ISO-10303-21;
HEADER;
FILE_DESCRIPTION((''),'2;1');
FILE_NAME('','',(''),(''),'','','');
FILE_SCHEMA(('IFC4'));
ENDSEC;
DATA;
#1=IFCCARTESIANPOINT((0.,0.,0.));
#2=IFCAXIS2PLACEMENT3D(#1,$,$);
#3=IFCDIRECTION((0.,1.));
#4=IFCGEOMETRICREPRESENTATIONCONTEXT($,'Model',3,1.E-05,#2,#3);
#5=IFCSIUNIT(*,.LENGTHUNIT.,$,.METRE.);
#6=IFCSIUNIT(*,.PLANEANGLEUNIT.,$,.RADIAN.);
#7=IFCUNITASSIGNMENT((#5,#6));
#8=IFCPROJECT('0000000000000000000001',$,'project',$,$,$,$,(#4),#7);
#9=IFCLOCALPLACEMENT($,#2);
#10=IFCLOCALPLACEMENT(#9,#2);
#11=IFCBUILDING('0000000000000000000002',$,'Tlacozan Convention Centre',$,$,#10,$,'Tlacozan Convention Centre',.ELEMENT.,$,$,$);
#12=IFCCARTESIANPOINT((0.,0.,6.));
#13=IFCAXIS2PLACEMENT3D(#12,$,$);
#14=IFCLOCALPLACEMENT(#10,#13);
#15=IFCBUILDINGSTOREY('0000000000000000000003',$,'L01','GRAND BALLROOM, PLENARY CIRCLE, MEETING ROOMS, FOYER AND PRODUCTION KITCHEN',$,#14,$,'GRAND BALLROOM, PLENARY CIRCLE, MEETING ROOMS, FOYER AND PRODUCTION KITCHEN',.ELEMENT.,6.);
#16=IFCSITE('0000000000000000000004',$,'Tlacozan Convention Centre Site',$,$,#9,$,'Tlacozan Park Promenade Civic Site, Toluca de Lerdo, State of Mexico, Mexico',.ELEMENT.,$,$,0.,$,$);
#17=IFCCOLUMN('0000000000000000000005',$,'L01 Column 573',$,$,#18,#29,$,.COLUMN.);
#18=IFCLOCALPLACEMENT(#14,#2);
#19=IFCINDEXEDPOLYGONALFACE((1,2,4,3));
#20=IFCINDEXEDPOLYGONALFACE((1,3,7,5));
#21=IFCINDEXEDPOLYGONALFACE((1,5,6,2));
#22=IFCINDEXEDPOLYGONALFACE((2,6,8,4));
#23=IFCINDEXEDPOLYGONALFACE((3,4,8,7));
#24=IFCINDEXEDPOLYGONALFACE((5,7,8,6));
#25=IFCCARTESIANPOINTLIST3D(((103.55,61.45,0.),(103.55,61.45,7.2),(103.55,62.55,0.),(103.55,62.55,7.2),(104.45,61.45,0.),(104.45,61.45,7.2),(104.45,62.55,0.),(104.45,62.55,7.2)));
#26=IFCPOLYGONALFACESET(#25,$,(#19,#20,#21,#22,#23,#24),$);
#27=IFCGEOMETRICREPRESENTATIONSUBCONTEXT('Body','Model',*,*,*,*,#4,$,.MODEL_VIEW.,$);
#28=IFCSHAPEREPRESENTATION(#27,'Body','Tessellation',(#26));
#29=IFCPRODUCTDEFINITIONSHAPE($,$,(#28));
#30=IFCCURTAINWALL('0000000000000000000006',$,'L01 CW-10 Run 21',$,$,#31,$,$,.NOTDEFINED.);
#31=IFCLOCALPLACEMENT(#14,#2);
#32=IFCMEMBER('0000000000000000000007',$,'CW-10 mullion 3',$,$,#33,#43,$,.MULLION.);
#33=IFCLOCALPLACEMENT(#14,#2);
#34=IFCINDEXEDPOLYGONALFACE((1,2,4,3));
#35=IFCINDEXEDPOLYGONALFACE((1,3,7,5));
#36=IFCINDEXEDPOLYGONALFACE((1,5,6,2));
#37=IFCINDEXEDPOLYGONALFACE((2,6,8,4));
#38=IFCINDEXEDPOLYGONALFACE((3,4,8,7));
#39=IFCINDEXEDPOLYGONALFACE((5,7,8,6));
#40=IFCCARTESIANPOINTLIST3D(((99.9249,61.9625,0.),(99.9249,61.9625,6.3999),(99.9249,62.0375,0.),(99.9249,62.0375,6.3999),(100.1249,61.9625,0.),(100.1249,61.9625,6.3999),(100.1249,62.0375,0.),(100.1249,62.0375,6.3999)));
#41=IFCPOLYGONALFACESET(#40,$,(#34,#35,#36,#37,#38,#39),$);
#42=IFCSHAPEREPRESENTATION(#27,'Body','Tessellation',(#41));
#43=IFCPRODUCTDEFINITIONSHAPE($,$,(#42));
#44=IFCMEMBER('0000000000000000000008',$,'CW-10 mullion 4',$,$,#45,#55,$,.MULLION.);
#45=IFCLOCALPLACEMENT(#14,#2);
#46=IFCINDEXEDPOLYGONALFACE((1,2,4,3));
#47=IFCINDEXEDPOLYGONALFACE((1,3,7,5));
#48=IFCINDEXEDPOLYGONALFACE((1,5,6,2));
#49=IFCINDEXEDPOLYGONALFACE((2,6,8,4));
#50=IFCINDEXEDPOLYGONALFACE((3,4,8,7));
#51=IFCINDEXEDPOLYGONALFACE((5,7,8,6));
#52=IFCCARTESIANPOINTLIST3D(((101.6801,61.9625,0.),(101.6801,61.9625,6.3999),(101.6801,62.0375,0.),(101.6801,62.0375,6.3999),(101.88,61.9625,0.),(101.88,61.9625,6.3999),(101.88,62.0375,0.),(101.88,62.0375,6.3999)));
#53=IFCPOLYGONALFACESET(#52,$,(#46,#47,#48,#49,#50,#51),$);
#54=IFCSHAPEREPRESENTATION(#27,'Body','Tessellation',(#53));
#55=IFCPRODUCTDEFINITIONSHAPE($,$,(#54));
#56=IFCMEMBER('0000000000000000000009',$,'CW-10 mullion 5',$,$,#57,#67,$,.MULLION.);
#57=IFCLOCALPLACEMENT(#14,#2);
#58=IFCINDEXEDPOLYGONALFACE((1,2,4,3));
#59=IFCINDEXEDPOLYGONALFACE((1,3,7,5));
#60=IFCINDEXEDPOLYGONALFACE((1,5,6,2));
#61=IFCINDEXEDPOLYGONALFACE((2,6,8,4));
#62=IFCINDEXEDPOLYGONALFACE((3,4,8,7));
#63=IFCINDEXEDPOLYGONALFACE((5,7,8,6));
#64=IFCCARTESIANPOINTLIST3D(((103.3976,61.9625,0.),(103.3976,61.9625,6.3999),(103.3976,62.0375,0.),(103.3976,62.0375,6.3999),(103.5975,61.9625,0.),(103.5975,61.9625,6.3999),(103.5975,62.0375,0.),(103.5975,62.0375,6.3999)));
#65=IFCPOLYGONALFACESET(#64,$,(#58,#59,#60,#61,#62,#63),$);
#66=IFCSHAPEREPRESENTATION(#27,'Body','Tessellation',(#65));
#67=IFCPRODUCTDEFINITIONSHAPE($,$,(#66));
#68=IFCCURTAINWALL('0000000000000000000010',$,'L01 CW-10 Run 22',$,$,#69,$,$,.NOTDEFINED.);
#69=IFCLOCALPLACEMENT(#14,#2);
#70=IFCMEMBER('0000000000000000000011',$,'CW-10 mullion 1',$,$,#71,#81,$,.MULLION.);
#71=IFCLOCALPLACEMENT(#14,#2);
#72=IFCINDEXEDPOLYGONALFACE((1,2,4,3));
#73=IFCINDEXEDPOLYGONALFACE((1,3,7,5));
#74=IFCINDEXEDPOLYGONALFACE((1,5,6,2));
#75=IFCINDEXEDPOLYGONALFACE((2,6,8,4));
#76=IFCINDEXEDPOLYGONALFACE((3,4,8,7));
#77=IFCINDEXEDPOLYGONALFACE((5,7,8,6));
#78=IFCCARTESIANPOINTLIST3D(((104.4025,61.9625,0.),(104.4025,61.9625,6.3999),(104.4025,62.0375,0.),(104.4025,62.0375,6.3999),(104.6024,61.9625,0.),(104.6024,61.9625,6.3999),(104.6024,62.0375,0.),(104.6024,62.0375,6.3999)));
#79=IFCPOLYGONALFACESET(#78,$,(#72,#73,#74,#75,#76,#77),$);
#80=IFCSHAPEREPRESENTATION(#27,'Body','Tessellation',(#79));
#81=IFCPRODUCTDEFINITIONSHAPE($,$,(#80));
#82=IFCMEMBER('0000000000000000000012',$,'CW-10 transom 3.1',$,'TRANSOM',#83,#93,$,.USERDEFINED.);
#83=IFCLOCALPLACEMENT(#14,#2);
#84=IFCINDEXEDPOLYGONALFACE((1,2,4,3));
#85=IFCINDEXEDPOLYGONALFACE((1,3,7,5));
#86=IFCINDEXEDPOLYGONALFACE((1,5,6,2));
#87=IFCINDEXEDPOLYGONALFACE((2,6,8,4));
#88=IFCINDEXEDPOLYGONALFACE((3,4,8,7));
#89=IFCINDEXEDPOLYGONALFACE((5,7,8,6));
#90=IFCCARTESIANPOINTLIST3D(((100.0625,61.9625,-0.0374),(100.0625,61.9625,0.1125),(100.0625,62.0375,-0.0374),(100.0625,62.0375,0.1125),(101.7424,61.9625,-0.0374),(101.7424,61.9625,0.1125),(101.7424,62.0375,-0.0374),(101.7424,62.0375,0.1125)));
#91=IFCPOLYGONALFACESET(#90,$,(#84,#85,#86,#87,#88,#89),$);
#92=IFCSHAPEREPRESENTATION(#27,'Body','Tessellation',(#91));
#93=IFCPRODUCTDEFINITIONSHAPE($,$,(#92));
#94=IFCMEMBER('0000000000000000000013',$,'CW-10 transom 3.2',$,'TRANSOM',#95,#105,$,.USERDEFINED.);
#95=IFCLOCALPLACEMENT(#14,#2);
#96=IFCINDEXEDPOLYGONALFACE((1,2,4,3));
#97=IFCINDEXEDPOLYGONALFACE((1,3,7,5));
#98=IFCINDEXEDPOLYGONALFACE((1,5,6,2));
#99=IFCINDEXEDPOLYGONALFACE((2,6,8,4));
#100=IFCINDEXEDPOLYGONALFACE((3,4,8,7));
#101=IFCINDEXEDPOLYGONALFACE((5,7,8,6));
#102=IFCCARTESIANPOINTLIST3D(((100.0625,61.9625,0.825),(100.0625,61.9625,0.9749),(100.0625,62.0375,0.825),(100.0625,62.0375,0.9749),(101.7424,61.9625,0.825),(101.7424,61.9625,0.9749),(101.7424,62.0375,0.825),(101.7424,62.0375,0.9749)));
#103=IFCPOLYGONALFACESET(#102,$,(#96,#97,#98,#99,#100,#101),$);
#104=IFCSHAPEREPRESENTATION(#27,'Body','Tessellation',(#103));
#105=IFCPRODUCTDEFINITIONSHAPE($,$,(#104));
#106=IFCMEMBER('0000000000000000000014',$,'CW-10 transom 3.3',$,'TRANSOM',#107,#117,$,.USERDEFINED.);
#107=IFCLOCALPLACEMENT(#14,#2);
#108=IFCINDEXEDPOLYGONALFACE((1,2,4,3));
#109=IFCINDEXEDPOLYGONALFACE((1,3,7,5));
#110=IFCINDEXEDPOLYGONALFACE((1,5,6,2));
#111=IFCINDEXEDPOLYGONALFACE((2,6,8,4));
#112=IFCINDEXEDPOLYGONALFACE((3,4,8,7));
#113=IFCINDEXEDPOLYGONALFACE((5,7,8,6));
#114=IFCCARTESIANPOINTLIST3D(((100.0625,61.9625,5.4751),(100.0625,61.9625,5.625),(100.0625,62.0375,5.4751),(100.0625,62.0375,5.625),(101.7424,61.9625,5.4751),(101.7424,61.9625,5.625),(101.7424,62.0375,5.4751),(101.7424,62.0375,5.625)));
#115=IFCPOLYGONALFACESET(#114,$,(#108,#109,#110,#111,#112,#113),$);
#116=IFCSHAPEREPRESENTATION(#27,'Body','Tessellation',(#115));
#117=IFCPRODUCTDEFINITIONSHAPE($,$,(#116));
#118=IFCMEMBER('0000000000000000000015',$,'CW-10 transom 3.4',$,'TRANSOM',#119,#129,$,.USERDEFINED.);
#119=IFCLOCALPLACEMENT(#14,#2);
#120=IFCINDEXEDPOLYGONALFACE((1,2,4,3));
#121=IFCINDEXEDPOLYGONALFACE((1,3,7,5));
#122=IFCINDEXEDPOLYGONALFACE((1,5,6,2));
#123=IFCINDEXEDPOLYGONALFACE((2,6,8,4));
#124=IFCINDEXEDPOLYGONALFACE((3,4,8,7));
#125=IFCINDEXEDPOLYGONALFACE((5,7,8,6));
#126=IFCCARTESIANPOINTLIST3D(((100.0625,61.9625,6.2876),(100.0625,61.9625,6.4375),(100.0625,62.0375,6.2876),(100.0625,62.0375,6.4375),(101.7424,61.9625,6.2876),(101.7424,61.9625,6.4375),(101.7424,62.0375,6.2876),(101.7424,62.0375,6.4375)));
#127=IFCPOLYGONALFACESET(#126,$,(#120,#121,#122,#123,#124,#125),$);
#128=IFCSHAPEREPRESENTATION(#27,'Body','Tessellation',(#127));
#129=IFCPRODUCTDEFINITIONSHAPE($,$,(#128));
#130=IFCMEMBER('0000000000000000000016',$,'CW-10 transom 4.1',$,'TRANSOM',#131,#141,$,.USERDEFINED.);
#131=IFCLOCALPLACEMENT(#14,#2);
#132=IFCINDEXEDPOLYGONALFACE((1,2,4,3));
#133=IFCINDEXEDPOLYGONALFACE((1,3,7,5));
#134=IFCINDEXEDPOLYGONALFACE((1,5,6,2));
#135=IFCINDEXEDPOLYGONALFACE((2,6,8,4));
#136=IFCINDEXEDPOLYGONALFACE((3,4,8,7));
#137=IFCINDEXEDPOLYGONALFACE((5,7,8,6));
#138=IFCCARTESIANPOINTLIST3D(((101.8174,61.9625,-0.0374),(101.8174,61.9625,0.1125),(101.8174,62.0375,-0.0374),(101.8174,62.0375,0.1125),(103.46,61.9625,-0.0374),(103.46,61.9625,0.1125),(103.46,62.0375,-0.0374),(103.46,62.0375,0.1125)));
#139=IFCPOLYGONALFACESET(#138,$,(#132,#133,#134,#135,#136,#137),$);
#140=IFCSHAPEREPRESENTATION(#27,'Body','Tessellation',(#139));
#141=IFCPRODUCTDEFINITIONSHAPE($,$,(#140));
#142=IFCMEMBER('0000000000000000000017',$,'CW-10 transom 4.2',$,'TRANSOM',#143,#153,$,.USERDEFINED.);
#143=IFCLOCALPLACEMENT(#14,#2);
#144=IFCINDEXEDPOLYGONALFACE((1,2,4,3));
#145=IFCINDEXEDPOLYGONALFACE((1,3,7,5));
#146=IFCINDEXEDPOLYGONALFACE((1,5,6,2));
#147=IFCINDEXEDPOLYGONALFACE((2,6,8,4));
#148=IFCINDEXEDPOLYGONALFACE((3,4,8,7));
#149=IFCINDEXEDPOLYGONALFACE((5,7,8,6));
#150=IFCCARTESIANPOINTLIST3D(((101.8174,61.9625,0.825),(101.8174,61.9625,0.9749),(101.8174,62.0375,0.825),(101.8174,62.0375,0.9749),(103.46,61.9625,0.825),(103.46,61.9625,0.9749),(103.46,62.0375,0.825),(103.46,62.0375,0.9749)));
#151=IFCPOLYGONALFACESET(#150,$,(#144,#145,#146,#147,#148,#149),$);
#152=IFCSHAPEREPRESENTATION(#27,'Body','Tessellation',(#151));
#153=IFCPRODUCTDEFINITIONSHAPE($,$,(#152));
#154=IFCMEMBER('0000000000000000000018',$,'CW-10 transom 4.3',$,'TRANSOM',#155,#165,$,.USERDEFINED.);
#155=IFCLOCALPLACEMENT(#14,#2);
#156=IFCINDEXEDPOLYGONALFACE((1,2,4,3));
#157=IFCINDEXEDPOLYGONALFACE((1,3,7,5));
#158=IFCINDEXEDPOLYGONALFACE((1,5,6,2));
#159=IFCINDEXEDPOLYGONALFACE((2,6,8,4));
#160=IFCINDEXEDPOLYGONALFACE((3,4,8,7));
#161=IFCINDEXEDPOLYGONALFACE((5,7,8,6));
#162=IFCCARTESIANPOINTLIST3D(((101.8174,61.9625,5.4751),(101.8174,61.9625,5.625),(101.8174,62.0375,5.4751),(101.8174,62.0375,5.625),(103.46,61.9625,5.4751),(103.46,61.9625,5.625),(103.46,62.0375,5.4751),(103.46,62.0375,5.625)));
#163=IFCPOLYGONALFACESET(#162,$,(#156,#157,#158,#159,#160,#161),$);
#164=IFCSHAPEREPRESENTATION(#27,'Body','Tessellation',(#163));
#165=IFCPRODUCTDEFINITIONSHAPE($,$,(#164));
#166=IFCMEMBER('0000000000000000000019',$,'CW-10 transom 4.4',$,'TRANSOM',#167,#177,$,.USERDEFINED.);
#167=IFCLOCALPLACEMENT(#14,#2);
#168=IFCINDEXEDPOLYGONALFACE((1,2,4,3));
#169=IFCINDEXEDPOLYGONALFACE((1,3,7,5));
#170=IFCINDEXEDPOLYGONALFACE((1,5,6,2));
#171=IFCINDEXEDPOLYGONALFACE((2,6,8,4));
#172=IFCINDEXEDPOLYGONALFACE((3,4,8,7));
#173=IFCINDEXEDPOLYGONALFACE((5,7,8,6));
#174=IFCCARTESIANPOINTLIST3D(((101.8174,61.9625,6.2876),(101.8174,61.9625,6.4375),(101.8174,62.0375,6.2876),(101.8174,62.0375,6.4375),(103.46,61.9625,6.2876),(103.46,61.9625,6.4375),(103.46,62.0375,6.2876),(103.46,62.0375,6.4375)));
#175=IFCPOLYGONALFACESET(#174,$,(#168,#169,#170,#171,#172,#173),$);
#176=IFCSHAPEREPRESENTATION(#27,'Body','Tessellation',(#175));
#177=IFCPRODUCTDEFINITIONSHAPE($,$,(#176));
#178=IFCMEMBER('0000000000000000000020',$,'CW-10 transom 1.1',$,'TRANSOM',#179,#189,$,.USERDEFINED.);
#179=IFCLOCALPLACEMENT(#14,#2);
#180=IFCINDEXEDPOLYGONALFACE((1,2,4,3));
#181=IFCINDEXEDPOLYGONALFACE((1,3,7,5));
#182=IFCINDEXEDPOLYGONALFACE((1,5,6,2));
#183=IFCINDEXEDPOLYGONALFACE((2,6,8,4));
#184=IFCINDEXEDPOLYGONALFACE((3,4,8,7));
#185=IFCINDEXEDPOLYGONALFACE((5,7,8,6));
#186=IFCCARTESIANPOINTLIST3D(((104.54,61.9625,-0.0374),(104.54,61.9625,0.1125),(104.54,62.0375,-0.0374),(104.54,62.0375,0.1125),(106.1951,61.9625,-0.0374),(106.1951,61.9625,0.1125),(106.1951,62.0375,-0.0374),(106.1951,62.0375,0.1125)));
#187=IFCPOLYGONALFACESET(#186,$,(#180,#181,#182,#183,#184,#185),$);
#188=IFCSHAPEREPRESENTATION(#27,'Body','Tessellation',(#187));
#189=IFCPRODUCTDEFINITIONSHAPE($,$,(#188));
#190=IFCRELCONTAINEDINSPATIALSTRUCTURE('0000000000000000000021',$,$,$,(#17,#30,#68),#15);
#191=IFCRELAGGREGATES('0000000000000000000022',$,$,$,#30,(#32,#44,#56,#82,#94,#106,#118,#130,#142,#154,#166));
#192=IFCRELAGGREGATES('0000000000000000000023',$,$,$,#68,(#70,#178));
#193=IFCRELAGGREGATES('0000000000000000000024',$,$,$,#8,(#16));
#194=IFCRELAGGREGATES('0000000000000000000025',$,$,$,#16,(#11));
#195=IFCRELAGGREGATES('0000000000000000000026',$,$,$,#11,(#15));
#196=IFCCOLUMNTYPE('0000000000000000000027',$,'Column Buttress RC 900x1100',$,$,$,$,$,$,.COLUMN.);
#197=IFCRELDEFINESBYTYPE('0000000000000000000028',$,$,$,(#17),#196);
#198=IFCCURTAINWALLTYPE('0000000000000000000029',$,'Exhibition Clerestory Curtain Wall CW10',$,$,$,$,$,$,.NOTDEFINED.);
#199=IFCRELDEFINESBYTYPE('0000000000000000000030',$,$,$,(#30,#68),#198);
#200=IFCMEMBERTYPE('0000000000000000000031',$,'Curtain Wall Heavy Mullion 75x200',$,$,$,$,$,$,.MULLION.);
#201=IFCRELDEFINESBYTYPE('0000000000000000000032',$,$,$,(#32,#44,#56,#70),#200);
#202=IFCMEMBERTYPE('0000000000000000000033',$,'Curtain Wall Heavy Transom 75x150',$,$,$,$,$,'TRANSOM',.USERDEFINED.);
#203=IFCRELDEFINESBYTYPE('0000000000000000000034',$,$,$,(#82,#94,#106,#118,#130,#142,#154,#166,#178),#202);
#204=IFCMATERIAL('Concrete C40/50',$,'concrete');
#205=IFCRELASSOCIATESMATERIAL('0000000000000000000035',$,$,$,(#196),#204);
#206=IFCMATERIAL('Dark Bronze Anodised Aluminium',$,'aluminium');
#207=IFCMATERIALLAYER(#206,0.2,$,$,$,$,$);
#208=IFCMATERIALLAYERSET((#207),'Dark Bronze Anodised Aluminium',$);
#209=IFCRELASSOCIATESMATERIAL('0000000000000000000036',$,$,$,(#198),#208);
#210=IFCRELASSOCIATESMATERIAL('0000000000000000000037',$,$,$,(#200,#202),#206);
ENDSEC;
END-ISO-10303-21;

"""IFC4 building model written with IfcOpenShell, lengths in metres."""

from ifc_helpers import new_model, si_unit, direction, frame, origin, origin_2d, place, context, subcontext, project, spatial, rectangle, extrude, material, layer, layer_set, material_profile, profile_set, type_object, element, aggregate, save


model = new_model("IFC4")

# Units and contexts
model_context = context("Model", 3, precision=1e-05, world=origin(), true_north=direction((0.0, 1.0)))
body_context = subcontext(model_context, "Body", "Model", "MODEL_VIEW")
ifc_project = project(units=[si_unit("LENGTHUNIT", "METRE"), si_unit("PLANEANGLEUNIT", "RADIAN")], contexts=[model_context])

# Site, building, storey
site_placement = place(None, origin())
site = spatial("IfcSite", under=ifc_project, at=site_placement, Name="Tlacozan Convention Centre Site", LongName="Tlacozan Park Promenade Civic Site, Toluca de Lerdo, State of Mexico, Mexico", CompositionType="ELEMENT", RefElevation=0.0)
building_placement = place(site_placement, origin())
building = spatial("IfcBuilding", under=site, at=building_placement, Name="Tlacozan Convention Centre", LongName="Tlacozan Convention Centre", CompositionType="ELEMENT")
storey_placement = place(building_placement, frame((0.0, 0.0, 6.0)))
storey = spatial("IfcBuildingStorey", under=building, at=storey_placement, Name="L01", Description="GRAND BALLROOM, PLENARY CIRCLE, MEETING ROOMS, FOYER AND PRODUCTION KITCHEN", LongName="GRAND BALLROOM, PLENARY CIRCLE, MEETING ROOMS, FOYER AND PRODUCTION KITCHEN", CompositionType="ELEMENT", Elevation=6.0)

# Column
ifc_material_1 = material(Name="Concrete C40/50", Category="concrete")
ifc_material_profile_1 = material_profile(ifc_material_1, rectangle(XDim=0.8999, YDim=1.1001, at=origin_2d()), Name="RC 900x1100")
ifc_profile_set_1 = profile_set([ifc_material_profile_1], Name="Concrete C40/50")
column_type = type_object("IfcColumnType", Name="Column Buttress RC 900x1100", PredefinedType="COLUMN", material=ifc_profile_set_1)
column_placement = place(storey_placement, frame((104.0, 62.0, 0.0), z_axis=(0.0, 0.0, 1.0), x_axis=(1.0, 0.0, 0.0)))
element("IfcColumn", 1, at=column_placement, inside=storey, type_object=column_type, Name="L01 Column 573", PredefinedType="COLUMN", context=body_context, shape_type="SweptSolid", body=[
    extrude(rectangle(XDim=0.8999, YDim=1.1001, at=origin_2d()), origin(), (0.0, 0.0, 1.0), 7.2),
])

# Curtain wall, members
ifc_material_2 = material(Name="Dark Bronze Anodised Aluminium", Category="aluminium")
ifc_layer_1 = layer(ifc_material_2, 0.2)
ifc_layer_set_1 = layer_set([ifc_layer_1], Name="Dark Bronze Anodised Aluminium")
curtain_wall_type = type_object("IfcCurtainWallType", Name="Exhibition Clerestory Curtain Wall CW10", PredefinedType="NOTDEFINED", material=ifc_layer_set_1)
curtain_wall_1_placement = place(storey_placement, origin())
curtain_wall_1 = element("IfcCurtainWall", 2, at=curtain_wall_1_placement, inside=storey, type_object=curtain_wall_type, Name="L01 CW-10 Run 21", PredefinedType="NOTDEFINED")
ifc_material_profile_2 = material_profile(ifc_material_2, rectangle(XDim=0.075, YDim=0.2, at=origin_2d()), Name="ALU 75x200")
ifc_profile_set_2 = profile_set([ifc_material_profile_2], Name="Dark Bronze Anodised Aluminium")
member_type_1 = type_object("IfcMemberType", Name="Curtain Wall Heavy Mullion 75x200", PredefinedType="MULLION", material=ifc_profile_set_2)
member_1_placement = place(storey_placement, frame((100.0249, 62.0, 0.0), z_axis=(0.0, 0.0, 1.0), x_axis=(0.0, 1.0, 0.0)))
member_1 = element("IfcMember", 3, at=member_1_placement, type_object=member_type_1, Name="CW-10 mullion 3", PredefinedType="MULLION", context=body_context, shape_type="SweptSolid", body=[
    extrude(rectangle(XDim=0.075, YDim=0.2, at=origin_2d()), origin(), (0.0, 0.0, 1.0), 6.3999),
])
member_2_placement = place(storey_placement, frame((101.78, 62.0, 0.0), z_axis=(0.0, 0.0, 1.0), x_axis=(0.0, 1.0, 0.0)))
member_2 = element("IfcMember", 4, at=member_2_placement, type_object=member_type_1, Name="CW-10 mullion 4", PredefinedType="MULLION", context=body_context, shape_type="SweptSolid", body=[
    extrude(rectangle(XDim=0.075, YDim=0.2, at=origin_2d()), origin(), (0.0, 0.0, 1.0), 6.3999),
])
member_3_placement = place(storey_placement, frame((103.4976, 62.0, 0.0), z_axis=(0.0, 0.0, 1.0), x_axis=(0.0, 1.0, 0.0)))
member_3 = element("IfcMember", 5, at=member_3_placement, type_object=member_type_1, Name="CW-10 mullion 5", PredefinedType="MULLION", context=body_context, shape_type="SweptSolid", body=[
    extrude(rectangle(XDim=0.075, YDim=0.2, at=origin_2d()), origin(), (0.0, 0.0, 1.0), 6.3999),
])

# Curtain wall, member
curtain_wall_2_placement = place(storey_placement, origin())
curtain_wall_2 = element("IfcCurtainWall", 6, at=curtain_wall_2_placement, inside=storey, type_object=curtain_wall_type, Name="L01 CW-10 Run 22", PredefinedType="NOTDEFINED")
member_4_placement = place(storey_placement, frame((104.5024, 62.0, 0.0), z_axis=(0.0, 0.0, 1.0), x_axis=(0.0, 1.0, 0.0)))
member_4 = element("IfcMember", 7, at=member_4_placement, type_object=member_type_1, Name="CW-10 mullion 1", PredefinedType="MULLION", context=body_context, shape_type="SweptSolid", body=[
    extrude(rectangle(XDim=0.075, YDim=0.2, at=origin_2d()), origin(), (0.0, 0.0, 1.0), 6.3999),
])

# Members
ifc_material_profile_3 = material_profile(ifc_material_2, rectangle(XDim=0.075, YDim=0.1499, at=origin_2d()), Name="ALU 75x150")
ifc_profile_set_3 = profile_set([ifc_material_profile_3], Name="Dark Bronze Anodised Aluminium")
member_type_2 = type_object("IfcMemberType", Name="Curtain Wall Heavy Transom 75x150", ElementType="TRANSOM", PredefinedType="USERDEFINED", material=ifc_profile_set_3)
member_5_placement = place(storey_placement, frame((100.0625, 62.0, 0.0376), z_axis=(1.0, 0.0, 0.0), x_axis=(0.0, 1.0, 0.0)))
member_5 = element("IfcMember", 8, at=member_5_placement, type_object=member_type_2, Name="CW-10 transom 3.1", ObjectType="TRANSOM", PredefinedType="USERDEFINED", context=body_context, shape_type="SweptSolid", body=[
    extrude(rectangle(XDim=0.075, YDim=0.1499, at=origin_2d()), origin(), (0.0, 0.0, 1.0), 1.6799),
])
member_6_placement = place(storey_placement, frame((100.0625, 62.0, 0.8999), z_axis=(1.0, 0.0, 0.0), x_axis=(0.0, 1.0, 0.0)))
member_6 = element("IfcMember", 9, at=member_6_placement, type_object=member_type_2, Name="CW-10 transom 3.2", ObjectType="TRANSOM", PredefinedType="USERDEFINED", context=body_context, shape_type="SweptSolid", body=[
    extrude(rectangle(XDim=0.075, YDim=0.1499, at=origin_2d()), origin(), (0.0, 0.0, 1.0), 1.6799),
])
member_7_placement = place(storey_placement, frame((100.0625, 62.0, 5.55), z_axis=(1.0, 0.0, 0.0), x_axis=(0.0, 1.0, 0.0)))
member_7 = element("IfcMember", 10, at=member_7_placement, type_object=member_type_2, Name="CW-10 transom 3.3", ObjectType="TRANSOM", PredefinedType="USERDEFINED", context=body_context, shape_type="SweptSolid", body=[
    extrude(rectangle(XDim=0.075, YDim=0.1499, at=origin_2d()), origin(), (0.0, 0.0, 1.0), 1.6799),
])
member_8_placement = place(storey_placement, frame((100.0625, 62.0, 6.3625), z_axis=(1.0, 0.0, 0.0), x_axis=(0.0, 1.0, 0.0)))
member_8 = element("IfcMember", 11, at=member_8_placement, type_object=member_type_2, Name="CW-10 transom 3.4", ObjectType="TRANSOM", PredefinedType="USERDEFINED", context=body_context, shape_type="SweptSolid", body=[
    extrude(rectangle(XDim=0.075, YDim=0.1499, at=origin_2d()), origin(), (0.0, 0.0, 1.0), 1.6799),
])
member_9_placement = place(storey_placement, frame((101.8174, 62.0, 0.0376), z_axis=(1.0, 0.0, 0.0), x_axis=(0.0, 1.0, 0.0)))
member_9 = element("IfcMember", 12, at=member_9_placement, type_object=member_type_2, Name="CW-10 transom 4.1", ObjectType="TRANSOM", PredefinedType="USERDEFINED", context=body_context, shape_type="SweptSolid", body=[
    extrude(rectangle(XDim=0.075, YDim=0.1499, at=origin_2d()), origin(), (0.0, 0.0, 1.0), 1.6426),
])
member_10_placement = place(storey_placement, frame((101.8174, 62.0, 0.8999), z_axis=(1.0, 0.0, 0.0), x_axis=(0.0, 1.0, 0.0)))
member_10 = element("IfcMember", 13, at=member_10_placement, type_object=member_type_2, Name="CW-10 transom 4.2", ObjectType="TRANSOM", PredefinedType="USERDEFINED", context=body_context, shape_type="SweptSolid", body=[
    extrude(rectangle(XDim=0.075, YDim=0.1499, at=origin_2d()), origin(), (0.0, 0.0, 1.0), 1.6426),
])
member_11_placement = place(storey_placement, frame((101.8174, 62.0, 5.55), z_axis=(1.0, 0.0, 0.0), x_axis=(0.0, 1.0, 0.0)))
member_11 = element("IfcMember", 14, at=member_11_placement, type_object=member_type_2, Name="CW-10 transom 4.3", ObjectType="TRANSOM", PredefinedType="USERDEFINED", context=body_context, shape_type="SweptSolid", body=[
    extrude(rectangle(XDim=0.075, YDim=0.1499, at=origin_2d()), origin(), (0.0, 0.0, 1.0), 1.6426),
])
member_12_placement = place(storey_placement, frame((101.8174, 62.0, 6.3625), z_axis=(1.0, 0.0, 0.0), x_axis=(0.0, 1.0, 0.0)))
member_12 = element("IfcMember", 15, at=member_12_placement, type_object=member_type_2, Name="CW-10 transom 4.4", ObjectType="TRANSOM", PredefinedType="USERDEFINED", context=body_context, shape_type="SweptSolid", body=[
    extrude(rectangle(XDim=0.075, YDim=0.1499, at=origin_2d()), origin(), (0.0, 0.0, 1.0), 1.6426),
])
member_13_placement = place(storey_placement, frame((104.54, 62.0, 0.0376), z_axis=(1.0, 0.0, 0.0), x_axis=(0.0, 1.0, 0.0)))
member_13 = element("IfcMember", 16, at=member_13_placement, type_object=member_type_2, Name="CW-10 transom 1.1", ObjectType="TRANSOM", PredefinedType="USERDEFINED", context=body_context, shape_type="SweptSolid", body=[
    extrude(rectangle(XDim=0.075, YDim=0.1499, at=origin_2d()), origin(), (0.0, 0.0, 1.0), 1.655),
])

aggregate(curtain_wall_1, [member_1, member_2, member_3, member_5, member_6, member_7, member_8, member_9, member_10, member_11, member_12])
aggregate(curtain_wall_2, [member_4, member_13])

save(model, "model.ifc")
